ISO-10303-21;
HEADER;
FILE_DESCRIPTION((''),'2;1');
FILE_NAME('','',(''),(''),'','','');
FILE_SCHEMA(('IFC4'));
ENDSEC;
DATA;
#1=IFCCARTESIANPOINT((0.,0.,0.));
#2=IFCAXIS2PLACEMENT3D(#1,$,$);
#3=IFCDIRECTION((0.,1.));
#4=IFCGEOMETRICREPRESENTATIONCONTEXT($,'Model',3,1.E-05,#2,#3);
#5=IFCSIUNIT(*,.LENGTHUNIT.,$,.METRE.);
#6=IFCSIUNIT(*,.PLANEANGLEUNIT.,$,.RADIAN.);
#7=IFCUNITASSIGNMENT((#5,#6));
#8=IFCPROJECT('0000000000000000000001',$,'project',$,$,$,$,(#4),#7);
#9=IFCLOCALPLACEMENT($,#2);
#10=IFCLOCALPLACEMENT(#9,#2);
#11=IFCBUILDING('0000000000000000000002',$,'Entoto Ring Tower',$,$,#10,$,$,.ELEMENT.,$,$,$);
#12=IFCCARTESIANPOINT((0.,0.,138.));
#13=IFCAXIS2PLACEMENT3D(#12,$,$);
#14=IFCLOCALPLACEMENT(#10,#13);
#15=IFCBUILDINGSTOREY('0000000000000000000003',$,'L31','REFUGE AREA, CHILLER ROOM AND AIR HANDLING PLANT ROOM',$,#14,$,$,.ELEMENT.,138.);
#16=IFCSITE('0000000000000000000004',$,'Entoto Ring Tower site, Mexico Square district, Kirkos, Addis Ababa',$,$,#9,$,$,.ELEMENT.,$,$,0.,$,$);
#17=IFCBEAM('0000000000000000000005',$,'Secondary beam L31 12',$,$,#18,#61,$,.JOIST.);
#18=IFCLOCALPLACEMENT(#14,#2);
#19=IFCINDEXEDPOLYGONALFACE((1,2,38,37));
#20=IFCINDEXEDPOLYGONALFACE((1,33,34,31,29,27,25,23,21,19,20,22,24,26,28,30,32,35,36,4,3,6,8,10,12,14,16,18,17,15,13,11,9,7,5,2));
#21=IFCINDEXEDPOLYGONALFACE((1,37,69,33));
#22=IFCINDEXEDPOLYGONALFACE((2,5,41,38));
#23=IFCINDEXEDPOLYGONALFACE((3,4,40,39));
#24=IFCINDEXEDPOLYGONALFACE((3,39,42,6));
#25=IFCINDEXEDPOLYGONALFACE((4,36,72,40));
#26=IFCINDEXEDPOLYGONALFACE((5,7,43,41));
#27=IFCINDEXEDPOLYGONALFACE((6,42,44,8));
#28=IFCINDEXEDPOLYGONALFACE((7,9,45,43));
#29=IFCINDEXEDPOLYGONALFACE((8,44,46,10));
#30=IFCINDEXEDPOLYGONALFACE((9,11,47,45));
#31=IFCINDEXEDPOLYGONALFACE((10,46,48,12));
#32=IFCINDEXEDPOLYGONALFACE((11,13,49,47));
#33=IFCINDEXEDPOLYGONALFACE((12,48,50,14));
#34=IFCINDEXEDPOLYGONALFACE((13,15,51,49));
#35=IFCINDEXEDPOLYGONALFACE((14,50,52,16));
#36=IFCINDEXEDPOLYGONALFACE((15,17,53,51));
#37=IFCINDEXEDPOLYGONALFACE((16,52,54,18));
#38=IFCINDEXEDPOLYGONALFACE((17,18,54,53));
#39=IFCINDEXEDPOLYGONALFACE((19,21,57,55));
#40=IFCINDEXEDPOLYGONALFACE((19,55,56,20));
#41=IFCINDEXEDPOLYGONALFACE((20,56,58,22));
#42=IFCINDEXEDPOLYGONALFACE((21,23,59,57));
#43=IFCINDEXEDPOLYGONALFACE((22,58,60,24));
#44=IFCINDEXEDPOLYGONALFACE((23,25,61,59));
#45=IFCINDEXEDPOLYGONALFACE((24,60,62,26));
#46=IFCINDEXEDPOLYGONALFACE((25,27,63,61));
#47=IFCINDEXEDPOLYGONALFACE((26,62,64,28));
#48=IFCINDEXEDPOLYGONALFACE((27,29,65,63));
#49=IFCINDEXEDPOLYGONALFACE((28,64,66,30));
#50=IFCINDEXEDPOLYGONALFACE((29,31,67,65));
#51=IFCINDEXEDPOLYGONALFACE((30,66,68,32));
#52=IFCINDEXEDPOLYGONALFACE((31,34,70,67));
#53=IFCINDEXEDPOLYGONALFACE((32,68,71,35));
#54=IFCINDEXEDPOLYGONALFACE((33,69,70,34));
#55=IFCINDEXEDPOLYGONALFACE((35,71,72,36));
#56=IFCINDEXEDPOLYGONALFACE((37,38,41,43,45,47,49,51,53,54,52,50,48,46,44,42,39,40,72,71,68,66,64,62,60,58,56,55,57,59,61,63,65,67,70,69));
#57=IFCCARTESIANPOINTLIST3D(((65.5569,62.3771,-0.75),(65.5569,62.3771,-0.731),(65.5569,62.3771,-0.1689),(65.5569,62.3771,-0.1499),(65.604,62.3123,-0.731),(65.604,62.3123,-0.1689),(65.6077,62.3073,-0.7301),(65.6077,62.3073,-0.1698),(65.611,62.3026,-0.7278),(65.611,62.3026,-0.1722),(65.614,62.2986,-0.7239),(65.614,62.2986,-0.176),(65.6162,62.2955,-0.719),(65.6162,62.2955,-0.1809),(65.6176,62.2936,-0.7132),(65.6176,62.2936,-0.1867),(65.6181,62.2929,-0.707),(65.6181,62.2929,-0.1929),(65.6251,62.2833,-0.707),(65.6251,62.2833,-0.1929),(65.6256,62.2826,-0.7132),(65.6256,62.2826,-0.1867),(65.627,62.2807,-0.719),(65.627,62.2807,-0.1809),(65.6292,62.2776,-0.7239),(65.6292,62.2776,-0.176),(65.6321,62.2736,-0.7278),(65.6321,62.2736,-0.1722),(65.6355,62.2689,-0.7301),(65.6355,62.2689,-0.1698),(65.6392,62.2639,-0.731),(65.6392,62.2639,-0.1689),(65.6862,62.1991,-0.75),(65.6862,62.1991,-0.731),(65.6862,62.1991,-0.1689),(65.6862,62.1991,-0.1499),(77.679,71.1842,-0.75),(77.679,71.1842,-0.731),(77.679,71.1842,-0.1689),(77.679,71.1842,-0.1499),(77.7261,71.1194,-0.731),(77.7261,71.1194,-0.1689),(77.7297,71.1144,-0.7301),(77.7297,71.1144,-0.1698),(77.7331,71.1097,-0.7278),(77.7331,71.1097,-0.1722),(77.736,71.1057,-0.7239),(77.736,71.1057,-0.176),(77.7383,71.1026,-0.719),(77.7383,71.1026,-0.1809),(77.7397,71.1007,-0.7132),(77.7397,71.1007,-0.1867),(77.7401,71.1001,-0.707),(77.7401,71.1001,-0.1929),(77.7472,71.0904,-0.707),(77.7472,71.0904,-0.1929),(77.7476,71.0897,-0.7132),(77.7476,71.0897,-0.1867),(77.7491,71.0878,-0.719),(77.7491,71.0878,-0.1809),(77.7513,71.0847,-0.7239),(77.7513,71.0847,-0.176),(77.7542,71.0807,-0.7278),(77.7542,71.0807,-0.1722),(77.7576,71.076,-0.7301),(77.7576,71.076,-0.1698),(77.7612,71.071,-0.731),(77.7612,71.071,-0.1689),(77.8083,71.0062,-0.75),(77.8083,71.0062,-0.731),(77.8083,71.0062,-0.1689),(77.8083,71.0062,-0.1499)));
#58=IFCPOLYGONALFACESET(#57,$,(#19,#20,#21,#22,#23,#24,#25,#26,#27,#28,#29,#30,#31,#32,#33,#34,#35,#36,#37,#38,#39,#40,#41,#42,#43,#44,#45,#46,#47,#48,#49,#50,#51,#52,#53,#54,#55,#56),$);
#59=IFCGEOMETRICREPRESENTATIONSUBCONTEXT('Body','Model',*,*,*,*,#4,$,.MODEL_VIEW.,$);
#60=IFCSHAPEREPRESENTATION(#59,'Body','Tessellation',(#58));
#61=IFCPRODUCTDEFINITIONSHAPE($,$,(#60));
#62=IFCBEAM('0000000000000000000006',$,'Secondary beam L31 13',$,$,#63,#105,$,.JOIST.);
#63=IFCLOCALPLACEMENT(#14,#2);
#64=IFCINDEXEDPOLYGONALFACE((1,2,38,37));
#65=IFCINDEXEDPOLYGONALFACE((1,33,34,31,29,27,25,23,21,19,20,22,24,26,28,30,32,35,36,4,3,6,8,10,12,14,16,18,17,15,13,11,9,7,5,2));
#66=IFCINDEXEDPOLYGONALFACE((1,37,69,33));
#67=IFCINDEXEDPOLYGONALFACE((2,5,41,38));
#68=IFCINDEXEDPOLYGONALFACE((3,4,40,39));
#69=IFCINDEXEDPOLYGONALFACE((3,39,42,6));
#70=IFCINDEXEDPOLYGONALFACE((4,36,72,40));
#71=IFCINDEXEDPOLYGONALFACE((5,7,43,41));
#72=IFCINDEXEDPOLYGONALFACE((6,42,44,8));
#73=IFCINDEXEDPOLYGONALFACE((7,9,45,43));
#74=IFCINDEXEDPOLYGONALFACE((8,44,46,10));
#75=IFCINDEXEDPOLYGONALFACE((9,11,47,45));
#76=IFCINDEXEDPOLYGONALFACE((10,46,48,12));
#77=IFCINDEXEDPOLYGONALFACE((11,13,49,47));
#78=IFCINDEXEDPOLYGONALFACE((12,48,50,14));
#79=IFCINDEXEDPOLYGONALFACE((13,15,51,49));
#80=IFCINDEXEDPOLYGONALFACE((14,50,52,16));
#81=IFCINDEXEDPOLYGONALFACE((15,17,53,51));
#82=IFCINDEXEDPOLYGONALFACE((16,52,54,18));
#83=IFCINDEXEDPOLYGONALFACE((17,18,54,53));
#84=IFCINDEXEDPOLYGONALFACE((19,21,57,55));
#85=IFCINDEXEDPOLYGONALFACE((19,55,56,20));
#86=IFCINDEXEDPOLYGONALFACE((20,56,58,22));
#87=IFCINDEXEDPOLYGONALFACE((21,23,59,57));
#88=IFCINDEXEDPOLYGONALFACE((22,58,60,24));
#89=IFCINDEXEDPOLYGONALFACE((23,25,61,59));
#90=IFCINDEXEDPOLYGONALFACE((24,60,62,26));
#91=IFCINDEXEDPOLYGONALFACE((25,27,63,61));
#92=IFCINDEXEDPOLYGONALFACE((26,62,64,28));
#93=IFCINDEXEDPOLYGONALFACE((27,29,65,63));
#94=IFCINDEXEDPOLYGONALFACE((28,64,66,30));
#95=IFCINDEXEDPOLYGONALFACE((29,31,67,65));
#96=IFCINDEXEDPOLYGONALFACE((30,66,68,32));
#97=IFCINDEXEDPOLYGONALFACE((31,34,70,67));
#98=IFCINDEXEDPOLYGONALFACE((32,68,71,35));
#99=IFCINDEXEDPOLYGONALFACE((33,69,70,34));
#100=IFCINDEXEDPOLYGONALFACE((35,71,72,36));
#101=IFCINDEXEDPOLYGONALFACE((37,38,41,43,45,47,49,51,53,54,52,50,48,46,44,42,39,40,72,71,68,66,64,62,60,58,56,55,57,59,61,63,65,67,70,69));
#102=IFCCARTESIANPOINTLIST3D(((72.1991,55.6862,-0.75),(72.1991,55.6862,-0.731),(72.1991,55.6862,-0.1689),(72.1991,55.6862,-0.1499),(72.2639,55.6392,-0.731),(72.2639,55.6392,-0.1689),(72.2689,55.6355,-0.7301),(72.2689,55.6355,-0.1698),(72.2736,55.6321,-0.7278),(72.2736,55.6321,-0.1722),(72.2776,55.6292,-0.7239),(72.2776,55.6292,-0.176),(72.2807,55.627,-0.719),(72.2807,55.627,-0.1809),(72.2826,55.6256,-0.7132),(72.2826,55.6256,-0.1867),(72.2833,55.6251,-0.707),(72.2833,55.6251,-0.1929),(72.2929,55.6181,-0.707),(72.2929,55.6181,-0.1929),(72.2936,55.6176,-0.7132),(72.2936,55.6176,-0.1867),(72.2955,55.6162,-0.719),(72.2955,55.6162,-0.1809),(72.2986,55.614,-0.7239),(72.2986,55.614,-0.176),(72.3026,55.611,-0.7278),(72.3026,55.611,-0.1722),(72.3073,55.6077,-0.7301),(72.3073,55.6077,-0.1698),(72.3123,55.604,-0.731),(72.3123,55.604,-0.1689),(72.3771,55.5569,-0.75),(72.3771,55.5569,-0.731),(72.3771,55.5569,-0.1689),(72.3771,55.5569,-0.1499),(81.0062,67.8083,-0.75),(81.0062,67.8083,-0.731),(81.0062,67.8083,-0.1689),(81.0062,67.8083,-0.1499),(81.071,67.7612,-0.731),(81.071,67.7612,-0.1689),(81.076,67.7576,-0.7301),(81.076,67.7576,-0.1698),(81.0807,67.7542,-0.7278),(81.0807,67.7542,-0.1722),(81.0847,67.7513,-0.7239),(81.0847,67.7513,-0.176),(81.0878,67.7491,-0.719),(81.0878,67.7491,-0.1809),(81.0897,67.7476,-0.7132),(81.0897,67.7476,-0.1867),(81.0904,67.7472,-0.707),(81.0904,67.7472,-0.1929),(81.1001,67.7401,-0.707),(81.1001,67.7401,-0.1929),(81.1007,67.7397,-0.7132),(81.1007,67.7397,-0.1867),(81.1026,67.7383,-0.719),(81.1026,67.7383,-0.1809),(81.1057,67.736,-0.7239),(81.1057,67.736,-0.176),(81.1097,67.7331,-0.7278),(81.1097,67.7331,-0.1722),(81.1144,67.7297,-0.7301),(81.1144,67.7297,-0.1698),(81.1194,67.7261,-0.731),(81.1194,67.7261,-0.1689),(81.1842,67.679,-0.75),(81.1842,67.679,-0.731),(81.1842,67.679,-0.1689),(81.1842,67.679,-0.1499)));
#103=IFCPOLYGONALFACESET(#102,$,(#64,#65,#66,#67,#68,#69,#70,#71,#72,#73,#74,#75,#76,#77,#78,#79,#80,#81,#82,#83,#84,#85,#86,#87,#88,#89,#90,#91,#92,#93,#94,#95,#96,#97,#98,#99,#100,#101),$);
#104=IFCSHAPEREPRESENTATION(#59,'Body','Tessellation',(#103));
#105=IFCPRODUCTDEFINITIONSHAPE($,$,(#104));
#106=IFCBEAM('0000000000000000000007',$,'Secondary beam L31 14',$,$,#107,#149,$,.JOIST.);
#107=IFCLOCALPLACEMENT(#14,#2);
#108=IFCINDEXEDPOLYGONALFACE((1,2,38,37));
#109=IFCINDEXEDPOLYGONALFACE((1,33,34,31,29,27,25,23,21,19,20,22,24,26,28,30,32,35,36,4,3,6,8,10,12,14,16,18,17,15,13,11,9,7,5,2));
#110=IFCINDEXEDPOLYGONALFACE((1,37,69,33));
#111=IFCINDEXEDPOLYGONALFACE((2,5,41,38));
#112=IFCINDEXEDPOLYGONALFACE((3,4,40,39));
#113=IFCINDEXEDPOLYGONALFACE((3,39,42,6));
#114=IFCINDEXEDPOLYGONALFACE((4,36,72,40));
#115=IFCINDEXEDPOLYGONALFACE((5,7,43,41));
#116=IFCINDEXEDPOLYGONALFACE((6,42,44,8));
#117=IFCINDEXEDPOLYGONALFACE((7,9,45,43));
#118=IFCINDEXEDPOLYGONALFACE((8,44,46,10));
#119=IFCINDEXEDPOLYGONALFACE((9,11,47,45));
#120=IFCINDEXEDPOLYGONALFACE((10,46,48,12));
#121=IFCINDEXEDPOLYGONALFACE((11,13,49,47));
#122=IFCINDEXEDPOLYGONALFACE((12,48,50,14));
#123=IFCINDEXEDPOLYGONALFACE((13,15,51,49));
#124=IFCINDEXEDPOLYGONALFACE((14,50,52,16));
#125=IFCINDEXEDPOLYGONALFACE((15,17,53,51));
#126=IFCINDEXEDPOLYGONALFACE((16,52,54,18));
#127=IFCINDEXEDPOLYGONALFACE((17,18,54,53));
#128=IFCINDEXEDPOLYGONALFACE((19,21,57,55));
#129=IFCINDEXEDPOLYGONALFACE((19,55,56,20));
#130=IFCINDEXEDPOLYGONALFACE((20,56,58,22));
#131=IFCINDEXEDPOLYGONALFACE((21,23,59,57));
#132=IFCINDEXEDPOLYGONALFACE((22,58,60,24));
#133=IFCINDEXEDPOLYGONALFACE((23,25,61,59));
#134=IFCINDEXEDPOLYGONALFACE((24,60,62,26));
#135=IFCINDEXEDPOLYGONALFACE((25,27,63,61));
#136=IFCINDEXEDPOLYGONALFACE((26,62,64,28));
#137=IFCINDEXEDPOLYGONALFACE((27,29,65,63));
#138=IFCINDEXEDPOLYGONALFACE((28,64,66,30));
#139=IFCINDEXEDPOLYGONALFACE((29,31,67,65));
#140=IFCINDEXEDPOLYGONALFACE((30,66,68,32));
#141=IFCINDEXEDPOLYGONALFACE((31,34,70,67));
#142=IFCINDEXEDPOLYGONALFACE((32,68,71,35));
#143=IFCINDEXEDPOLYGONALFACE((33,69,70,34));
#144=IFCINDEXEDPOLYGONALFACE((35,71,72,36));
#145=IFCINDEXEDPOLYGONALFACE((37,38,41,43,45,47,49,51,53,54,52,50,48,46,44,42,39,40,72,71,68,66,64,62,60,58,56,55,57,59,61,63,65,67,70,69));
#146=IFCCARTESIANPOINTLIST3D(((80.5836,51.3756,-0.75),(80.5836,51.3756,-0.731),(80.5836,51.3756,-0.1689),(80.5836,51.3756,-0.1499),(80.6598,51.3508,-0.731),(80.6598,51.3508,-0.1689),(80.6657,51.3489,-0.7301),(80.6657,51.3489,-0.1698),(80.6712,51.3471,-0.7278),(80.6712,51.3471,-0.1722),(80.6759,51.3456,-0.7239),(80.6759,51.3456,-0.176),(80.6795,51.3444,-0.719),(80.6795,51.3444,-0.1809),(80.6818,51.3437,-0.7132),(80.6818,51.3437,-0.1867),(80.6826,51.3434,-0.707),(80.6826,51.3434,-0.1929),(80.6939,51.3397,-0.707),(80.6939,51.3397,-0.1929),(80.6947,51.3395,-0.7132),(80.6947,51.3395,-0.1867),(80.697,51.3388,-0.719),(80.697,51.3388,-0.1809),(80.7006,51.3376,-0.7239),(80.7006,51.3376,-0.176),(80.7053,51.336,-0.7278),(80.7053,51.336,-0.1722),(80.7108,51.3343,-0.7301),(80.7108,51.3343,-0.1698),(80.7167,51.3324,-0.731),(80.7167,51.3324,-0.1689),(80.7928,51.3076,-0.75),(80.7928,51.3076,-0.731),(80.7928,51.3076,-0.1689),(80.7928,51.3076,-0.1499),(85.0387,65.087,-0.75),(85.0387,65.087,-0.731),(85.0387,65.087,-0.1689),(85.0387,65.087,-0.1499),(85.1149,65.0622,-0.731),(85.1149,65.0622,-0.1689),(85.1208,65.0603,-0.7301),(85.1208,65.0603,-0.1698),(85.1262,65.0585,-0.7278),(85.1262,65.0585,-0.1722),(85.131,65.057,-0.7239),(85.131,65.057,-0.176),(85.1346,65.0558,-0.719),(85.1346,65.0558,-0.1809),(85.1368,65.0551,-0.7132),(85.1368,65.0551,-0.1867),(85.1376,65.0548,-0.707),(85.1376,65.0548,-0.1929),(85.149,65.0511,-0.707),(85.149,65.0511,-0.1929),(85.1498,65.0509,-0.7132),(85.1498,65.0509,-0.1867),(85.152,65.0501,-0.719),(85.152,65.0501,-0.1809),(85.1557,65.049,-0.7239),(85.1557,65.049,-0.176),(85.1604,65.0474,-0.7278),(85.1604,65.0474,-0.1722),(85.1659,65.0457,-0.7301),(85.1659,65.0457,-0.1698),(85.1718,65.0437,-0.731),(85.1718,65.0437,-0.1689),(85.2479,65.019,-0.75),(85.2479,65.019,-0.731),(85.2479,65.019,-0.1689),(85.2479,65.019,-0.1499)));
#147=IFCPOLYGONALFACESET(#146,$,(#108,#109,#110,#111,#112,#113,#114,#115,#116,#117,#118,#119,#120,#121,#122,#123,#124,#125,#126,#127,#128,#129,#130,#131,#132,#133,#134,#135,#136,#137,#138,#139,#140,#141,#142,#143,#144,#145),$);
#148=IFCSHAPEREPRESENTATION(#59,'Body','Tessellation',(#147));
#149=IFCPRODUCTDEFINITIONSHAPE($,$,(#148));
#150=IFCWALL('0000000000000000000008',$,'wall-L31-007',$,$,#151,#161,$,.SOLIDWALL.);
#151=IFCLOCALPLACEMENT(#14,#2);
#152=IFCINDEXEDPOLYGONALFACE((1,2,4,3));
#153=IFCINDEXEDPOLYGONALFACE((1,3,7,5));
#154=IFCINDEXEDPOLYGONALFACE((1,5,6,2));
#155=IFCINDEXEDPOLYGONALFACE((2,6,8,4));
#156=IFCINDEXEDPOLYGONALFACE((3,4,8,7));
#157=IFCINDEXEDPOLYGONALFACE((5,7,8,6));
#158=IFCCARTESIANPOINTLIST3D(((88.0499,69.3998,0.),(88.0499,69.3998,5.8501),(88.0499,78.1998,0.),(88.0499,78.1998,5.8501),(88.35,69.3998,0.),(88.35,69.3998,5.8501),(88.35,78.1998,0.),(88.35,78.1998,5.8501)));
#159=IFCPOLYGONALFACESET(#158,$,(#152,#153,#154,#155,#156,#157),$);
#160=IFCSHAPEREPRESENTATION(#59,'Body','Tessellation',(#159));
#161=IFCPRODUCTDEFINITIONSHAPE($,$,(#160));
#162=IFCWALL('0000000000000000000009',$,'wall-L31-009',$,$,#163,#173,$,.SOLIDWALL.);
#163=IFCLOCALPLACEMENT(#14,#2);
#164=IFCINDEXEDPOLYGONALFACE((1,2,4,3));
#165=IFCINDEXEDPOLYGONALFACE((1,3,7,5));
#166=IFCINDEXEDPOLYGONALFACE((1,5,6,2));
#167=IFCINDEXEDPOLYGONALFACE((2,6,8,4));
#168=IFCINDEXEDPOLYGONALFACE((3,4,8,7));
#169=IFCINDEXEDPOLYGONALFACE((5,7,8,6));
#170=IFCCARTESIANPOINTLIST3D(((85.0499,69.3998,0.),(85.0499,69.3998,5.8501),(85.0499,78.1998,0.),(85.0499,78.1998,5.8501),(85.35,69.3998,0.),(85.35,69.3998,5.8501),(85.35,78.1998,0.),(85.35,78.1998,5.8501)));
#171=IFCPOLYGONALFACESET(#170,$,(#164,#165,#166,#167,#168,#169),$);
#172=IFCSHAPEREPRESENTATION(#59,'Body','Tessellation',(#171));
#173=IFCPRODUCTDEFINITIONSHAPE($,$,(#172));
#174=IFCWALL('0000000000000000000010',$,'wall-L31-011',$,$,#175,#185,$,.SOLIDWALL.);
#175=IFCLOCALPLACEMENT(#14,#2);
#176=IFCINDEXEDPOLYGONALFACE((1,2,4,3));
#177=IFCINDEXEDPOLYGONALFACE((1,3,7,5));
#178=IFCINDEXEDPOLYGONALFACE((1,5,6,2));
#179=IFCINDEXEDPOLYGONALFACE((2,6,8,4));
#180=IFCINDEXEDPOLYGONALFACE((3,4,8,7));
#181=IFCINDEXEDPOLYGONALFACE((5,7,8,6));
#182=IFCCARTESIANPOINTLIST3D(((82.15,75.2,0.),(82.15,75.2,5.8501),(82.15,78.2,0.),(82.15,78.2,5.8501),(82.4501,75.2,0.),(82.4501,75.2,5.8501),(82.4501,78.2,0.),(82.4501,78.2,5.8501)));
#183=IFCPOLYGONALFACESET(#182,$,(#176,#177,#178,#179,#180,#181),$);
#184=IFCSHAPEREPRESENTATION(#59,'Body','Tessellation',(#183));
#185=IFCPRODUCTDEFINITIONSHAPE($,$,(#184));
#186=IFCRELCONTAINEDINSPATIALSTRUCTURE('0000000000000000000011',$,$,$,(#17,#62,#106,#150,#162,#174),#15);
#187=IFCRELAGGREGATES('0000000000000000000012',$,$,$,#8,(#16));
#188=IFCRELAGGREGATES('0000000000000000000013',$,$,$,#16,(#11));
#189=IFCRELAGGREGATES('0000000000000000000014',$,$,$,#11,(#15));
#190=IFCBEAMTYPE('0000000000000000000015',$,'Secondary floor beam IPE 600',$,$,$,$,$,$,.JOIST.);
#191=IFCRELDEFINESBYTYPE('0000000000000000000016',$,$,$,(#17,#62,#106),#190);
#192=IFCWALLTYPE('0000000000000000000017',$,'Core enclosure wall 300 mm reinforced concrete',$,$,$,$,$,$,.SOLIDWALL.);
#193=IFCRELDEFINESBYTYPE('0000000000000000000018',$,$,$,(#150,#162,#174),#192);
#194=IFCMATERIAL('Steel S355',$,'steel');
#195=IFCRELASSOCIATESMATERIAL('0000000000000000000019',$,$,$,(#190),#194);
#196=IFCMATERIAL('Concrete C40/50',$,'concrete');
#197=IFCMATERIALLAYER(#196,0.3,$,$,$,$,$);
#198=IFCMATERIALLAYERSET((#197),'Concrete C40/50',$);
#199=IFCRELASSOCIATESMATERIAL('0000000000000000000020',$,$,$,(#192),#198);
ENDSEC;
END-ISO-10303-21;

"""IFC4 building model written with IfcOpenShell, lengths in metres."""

from ifc_helpers import new_model, si_unit, direction, frame, frame_2d, origin, origin_2d, place, context, subcontext, project, spatial, rectangle, i_section, extrude, material, layer, layer_set, material_profile, profile_set, type_object, element, save


model = new_model("IFC4")

# Units and contexts
model_context = context("Model", 3, precision=1e-05, world=origin(), true_north=direction((0.0, 1.0)))
body_context = subcontext(model_context, "Body", "Model", "MODEL_VIEW")
ifc_project = project(units=[si_unit("LENGTHUNIT", "METRE"), si_unit("PLANEANGLEUNIT", "RADIAN")], contexts=[model_context])

# Site, building, storey
site_placement = place(None, origin())
site = spatial("IfcSite", under=ifc_project, at=site_placement, Name="Entoto Ring Tower site, Mexico Square district, Kirkos, Addis Ababa", CompositionType="ELEMENT", RefElevation=0.0)
building_placement = place(site_placement, origin())
building = spatial("IfcBuilding", under=site, at=building_placement, Name="Entoto Ring Tower", CompositionType="ELEMENT")
storey_placement = place(building_placement, frame((0.0, 0.0, 138.0)))
storey = spatial("IfcBuildingStorey", under=building, at=storey_placement, Name="L31", Description="REFUGE AREA, CHILLER ROOM AND AIR HANDLING PLANT ROOM", CompositionType="ELEMENT", Elevation=138.0)

# Beams
ifc_material_1 = material(Name="Steel S355", Category="steel")
ifc_material_profile_1 = material_profile(ifc_material_1, i_section(OverallWidth=0.22, OverallDepth=0.6001, WebThickness=0.012, FlangeThickness=0.019, FilletRadius=0.0239, at=origin_2d()), Name="IPE 600")
ifc_profile_set_1 = profile_set([ifc_material_profile_1], Name="Steel S355")
beam_type_1 = type_object("IfcBeamType", Name="Secondary floor beam IPE 600", PredefinedType="JOIST", material=ifc_profile_set_1)
for number, where, z_axis, x_axis, name in (
    (1, (77.7437, 71.0952, -0.45), (-0.809019, -0.587782, 0.0), (0.587782, -0.809019, 0.0), "Secondary beam L31 12"),
    (2, (81.0952, 67.7437, -0.45), (-0.587782, -0.809019, 0.0), (0.809019, -0.587782, 0.0), "Secondary beam L31 13"),
):
    element("IfcBeam", number, at=place(storey_placement, frame(where, z_axis=z_axis, x_axis=x_axis)), inside=storey, type_object=beam_type_1, Name=name, PredefinedType="JOIST", context=body_context, shape_type="SweptSolid", body=[
        extrude(i_section(OverallWidth=0.22, OverallDepth=0.6001, WebThickness=0.012, FlangeThickness=0.019, FilletRadius=0.0239, at=origin_2d()), origin(), (0.0, 0.0, 1.0), 14.9836),
    ])
beam_1_placement = place(storey_placement, frame((85.1433, 65.053, -0.45), z_axis=(-0.309015, -0.951057, 0.0), x_axis=(0.951057, -0.309015, 0.0)))
element("IfcBeam", 3, at=beam_1_placement, inside=storey, type_object=beam_type_1, Name="Secondary beam L31 14", PredefinedType="JOIST", context=body_context, shape_type="SweptSolid", body=[
    extrude(i_section(OverallWidth=0.22, OverallDepth=0.6001, WebThickness=0.012, FlangeThickness=0.019, FilletRadius=0.0239, at=origin_2d()), origin(), (0.0, 0.0, 1.0), 14.417),
])

# Walls
ifc_material_2 = material(Name="Concrete C40/50", Category="concrete")
ifc_layer_1 = layer(ifc_material_2, 0.3)
ifc_layer_set_1 = layer_set([ifc_layer_1], Name="Concrete C40/50")
wall_type_1 = type_object("IfcWallType", Name="Core enclosure wall 300 mm reinforced concrete", PredefinedType="SOLIDWALL", material=ifc_layer_set_1)
for number, where, z_axis, x_axis, name in (
    (4, (88.2, 69.3999, 0.0), (0.0, 0.0, 1.0), (0.0, 1.0, 0.0), "wall-L31-007"),
    (5, (85.2, 69.3999, 0.0), (0.0, 0.0, 1.0), (0.0, 1.0, 0.0), "wall-L31-009"),
):
    element("IfcWall", number, at=place(storey_placement, frame(where, z_axis=z_axis, x_axis=x_axis)), inside=storey, type_object=wall_type_1, Name=name, PredefinedType="SOLIDWALL", context=body_context, shape_type="SweptSolid", body=[
        extrude(rectangle(XDim=8.8, YDim=0.3, at=frame_2d((4.3999, 0.0))), origin(), (0.0, 0.0, 1.0), 5.8501),
    ])
wall_1_placement = place(storey_placement, frame((82.3, 75.2, 0.0), z_axis=(0.0, 0.0, 1.0), x_axis=(0.0, 1.0, 0.0)))
element("IfcWall", 6, at=wall_1_placement, inside=storey, type_object=wall_type_1, Name="wall-L31-011", PredefinedType="SOLIDWALL", context=body_context, shape_type="SweptSolid", body=[
    extrude(rectangle(XDim=3.0, YDim=0.3, at=frame_2d((1.5, 0.0))), origin(), (0.0, 0.0, 1.0), 5.8501),
])

save(model, "model.ifc")
